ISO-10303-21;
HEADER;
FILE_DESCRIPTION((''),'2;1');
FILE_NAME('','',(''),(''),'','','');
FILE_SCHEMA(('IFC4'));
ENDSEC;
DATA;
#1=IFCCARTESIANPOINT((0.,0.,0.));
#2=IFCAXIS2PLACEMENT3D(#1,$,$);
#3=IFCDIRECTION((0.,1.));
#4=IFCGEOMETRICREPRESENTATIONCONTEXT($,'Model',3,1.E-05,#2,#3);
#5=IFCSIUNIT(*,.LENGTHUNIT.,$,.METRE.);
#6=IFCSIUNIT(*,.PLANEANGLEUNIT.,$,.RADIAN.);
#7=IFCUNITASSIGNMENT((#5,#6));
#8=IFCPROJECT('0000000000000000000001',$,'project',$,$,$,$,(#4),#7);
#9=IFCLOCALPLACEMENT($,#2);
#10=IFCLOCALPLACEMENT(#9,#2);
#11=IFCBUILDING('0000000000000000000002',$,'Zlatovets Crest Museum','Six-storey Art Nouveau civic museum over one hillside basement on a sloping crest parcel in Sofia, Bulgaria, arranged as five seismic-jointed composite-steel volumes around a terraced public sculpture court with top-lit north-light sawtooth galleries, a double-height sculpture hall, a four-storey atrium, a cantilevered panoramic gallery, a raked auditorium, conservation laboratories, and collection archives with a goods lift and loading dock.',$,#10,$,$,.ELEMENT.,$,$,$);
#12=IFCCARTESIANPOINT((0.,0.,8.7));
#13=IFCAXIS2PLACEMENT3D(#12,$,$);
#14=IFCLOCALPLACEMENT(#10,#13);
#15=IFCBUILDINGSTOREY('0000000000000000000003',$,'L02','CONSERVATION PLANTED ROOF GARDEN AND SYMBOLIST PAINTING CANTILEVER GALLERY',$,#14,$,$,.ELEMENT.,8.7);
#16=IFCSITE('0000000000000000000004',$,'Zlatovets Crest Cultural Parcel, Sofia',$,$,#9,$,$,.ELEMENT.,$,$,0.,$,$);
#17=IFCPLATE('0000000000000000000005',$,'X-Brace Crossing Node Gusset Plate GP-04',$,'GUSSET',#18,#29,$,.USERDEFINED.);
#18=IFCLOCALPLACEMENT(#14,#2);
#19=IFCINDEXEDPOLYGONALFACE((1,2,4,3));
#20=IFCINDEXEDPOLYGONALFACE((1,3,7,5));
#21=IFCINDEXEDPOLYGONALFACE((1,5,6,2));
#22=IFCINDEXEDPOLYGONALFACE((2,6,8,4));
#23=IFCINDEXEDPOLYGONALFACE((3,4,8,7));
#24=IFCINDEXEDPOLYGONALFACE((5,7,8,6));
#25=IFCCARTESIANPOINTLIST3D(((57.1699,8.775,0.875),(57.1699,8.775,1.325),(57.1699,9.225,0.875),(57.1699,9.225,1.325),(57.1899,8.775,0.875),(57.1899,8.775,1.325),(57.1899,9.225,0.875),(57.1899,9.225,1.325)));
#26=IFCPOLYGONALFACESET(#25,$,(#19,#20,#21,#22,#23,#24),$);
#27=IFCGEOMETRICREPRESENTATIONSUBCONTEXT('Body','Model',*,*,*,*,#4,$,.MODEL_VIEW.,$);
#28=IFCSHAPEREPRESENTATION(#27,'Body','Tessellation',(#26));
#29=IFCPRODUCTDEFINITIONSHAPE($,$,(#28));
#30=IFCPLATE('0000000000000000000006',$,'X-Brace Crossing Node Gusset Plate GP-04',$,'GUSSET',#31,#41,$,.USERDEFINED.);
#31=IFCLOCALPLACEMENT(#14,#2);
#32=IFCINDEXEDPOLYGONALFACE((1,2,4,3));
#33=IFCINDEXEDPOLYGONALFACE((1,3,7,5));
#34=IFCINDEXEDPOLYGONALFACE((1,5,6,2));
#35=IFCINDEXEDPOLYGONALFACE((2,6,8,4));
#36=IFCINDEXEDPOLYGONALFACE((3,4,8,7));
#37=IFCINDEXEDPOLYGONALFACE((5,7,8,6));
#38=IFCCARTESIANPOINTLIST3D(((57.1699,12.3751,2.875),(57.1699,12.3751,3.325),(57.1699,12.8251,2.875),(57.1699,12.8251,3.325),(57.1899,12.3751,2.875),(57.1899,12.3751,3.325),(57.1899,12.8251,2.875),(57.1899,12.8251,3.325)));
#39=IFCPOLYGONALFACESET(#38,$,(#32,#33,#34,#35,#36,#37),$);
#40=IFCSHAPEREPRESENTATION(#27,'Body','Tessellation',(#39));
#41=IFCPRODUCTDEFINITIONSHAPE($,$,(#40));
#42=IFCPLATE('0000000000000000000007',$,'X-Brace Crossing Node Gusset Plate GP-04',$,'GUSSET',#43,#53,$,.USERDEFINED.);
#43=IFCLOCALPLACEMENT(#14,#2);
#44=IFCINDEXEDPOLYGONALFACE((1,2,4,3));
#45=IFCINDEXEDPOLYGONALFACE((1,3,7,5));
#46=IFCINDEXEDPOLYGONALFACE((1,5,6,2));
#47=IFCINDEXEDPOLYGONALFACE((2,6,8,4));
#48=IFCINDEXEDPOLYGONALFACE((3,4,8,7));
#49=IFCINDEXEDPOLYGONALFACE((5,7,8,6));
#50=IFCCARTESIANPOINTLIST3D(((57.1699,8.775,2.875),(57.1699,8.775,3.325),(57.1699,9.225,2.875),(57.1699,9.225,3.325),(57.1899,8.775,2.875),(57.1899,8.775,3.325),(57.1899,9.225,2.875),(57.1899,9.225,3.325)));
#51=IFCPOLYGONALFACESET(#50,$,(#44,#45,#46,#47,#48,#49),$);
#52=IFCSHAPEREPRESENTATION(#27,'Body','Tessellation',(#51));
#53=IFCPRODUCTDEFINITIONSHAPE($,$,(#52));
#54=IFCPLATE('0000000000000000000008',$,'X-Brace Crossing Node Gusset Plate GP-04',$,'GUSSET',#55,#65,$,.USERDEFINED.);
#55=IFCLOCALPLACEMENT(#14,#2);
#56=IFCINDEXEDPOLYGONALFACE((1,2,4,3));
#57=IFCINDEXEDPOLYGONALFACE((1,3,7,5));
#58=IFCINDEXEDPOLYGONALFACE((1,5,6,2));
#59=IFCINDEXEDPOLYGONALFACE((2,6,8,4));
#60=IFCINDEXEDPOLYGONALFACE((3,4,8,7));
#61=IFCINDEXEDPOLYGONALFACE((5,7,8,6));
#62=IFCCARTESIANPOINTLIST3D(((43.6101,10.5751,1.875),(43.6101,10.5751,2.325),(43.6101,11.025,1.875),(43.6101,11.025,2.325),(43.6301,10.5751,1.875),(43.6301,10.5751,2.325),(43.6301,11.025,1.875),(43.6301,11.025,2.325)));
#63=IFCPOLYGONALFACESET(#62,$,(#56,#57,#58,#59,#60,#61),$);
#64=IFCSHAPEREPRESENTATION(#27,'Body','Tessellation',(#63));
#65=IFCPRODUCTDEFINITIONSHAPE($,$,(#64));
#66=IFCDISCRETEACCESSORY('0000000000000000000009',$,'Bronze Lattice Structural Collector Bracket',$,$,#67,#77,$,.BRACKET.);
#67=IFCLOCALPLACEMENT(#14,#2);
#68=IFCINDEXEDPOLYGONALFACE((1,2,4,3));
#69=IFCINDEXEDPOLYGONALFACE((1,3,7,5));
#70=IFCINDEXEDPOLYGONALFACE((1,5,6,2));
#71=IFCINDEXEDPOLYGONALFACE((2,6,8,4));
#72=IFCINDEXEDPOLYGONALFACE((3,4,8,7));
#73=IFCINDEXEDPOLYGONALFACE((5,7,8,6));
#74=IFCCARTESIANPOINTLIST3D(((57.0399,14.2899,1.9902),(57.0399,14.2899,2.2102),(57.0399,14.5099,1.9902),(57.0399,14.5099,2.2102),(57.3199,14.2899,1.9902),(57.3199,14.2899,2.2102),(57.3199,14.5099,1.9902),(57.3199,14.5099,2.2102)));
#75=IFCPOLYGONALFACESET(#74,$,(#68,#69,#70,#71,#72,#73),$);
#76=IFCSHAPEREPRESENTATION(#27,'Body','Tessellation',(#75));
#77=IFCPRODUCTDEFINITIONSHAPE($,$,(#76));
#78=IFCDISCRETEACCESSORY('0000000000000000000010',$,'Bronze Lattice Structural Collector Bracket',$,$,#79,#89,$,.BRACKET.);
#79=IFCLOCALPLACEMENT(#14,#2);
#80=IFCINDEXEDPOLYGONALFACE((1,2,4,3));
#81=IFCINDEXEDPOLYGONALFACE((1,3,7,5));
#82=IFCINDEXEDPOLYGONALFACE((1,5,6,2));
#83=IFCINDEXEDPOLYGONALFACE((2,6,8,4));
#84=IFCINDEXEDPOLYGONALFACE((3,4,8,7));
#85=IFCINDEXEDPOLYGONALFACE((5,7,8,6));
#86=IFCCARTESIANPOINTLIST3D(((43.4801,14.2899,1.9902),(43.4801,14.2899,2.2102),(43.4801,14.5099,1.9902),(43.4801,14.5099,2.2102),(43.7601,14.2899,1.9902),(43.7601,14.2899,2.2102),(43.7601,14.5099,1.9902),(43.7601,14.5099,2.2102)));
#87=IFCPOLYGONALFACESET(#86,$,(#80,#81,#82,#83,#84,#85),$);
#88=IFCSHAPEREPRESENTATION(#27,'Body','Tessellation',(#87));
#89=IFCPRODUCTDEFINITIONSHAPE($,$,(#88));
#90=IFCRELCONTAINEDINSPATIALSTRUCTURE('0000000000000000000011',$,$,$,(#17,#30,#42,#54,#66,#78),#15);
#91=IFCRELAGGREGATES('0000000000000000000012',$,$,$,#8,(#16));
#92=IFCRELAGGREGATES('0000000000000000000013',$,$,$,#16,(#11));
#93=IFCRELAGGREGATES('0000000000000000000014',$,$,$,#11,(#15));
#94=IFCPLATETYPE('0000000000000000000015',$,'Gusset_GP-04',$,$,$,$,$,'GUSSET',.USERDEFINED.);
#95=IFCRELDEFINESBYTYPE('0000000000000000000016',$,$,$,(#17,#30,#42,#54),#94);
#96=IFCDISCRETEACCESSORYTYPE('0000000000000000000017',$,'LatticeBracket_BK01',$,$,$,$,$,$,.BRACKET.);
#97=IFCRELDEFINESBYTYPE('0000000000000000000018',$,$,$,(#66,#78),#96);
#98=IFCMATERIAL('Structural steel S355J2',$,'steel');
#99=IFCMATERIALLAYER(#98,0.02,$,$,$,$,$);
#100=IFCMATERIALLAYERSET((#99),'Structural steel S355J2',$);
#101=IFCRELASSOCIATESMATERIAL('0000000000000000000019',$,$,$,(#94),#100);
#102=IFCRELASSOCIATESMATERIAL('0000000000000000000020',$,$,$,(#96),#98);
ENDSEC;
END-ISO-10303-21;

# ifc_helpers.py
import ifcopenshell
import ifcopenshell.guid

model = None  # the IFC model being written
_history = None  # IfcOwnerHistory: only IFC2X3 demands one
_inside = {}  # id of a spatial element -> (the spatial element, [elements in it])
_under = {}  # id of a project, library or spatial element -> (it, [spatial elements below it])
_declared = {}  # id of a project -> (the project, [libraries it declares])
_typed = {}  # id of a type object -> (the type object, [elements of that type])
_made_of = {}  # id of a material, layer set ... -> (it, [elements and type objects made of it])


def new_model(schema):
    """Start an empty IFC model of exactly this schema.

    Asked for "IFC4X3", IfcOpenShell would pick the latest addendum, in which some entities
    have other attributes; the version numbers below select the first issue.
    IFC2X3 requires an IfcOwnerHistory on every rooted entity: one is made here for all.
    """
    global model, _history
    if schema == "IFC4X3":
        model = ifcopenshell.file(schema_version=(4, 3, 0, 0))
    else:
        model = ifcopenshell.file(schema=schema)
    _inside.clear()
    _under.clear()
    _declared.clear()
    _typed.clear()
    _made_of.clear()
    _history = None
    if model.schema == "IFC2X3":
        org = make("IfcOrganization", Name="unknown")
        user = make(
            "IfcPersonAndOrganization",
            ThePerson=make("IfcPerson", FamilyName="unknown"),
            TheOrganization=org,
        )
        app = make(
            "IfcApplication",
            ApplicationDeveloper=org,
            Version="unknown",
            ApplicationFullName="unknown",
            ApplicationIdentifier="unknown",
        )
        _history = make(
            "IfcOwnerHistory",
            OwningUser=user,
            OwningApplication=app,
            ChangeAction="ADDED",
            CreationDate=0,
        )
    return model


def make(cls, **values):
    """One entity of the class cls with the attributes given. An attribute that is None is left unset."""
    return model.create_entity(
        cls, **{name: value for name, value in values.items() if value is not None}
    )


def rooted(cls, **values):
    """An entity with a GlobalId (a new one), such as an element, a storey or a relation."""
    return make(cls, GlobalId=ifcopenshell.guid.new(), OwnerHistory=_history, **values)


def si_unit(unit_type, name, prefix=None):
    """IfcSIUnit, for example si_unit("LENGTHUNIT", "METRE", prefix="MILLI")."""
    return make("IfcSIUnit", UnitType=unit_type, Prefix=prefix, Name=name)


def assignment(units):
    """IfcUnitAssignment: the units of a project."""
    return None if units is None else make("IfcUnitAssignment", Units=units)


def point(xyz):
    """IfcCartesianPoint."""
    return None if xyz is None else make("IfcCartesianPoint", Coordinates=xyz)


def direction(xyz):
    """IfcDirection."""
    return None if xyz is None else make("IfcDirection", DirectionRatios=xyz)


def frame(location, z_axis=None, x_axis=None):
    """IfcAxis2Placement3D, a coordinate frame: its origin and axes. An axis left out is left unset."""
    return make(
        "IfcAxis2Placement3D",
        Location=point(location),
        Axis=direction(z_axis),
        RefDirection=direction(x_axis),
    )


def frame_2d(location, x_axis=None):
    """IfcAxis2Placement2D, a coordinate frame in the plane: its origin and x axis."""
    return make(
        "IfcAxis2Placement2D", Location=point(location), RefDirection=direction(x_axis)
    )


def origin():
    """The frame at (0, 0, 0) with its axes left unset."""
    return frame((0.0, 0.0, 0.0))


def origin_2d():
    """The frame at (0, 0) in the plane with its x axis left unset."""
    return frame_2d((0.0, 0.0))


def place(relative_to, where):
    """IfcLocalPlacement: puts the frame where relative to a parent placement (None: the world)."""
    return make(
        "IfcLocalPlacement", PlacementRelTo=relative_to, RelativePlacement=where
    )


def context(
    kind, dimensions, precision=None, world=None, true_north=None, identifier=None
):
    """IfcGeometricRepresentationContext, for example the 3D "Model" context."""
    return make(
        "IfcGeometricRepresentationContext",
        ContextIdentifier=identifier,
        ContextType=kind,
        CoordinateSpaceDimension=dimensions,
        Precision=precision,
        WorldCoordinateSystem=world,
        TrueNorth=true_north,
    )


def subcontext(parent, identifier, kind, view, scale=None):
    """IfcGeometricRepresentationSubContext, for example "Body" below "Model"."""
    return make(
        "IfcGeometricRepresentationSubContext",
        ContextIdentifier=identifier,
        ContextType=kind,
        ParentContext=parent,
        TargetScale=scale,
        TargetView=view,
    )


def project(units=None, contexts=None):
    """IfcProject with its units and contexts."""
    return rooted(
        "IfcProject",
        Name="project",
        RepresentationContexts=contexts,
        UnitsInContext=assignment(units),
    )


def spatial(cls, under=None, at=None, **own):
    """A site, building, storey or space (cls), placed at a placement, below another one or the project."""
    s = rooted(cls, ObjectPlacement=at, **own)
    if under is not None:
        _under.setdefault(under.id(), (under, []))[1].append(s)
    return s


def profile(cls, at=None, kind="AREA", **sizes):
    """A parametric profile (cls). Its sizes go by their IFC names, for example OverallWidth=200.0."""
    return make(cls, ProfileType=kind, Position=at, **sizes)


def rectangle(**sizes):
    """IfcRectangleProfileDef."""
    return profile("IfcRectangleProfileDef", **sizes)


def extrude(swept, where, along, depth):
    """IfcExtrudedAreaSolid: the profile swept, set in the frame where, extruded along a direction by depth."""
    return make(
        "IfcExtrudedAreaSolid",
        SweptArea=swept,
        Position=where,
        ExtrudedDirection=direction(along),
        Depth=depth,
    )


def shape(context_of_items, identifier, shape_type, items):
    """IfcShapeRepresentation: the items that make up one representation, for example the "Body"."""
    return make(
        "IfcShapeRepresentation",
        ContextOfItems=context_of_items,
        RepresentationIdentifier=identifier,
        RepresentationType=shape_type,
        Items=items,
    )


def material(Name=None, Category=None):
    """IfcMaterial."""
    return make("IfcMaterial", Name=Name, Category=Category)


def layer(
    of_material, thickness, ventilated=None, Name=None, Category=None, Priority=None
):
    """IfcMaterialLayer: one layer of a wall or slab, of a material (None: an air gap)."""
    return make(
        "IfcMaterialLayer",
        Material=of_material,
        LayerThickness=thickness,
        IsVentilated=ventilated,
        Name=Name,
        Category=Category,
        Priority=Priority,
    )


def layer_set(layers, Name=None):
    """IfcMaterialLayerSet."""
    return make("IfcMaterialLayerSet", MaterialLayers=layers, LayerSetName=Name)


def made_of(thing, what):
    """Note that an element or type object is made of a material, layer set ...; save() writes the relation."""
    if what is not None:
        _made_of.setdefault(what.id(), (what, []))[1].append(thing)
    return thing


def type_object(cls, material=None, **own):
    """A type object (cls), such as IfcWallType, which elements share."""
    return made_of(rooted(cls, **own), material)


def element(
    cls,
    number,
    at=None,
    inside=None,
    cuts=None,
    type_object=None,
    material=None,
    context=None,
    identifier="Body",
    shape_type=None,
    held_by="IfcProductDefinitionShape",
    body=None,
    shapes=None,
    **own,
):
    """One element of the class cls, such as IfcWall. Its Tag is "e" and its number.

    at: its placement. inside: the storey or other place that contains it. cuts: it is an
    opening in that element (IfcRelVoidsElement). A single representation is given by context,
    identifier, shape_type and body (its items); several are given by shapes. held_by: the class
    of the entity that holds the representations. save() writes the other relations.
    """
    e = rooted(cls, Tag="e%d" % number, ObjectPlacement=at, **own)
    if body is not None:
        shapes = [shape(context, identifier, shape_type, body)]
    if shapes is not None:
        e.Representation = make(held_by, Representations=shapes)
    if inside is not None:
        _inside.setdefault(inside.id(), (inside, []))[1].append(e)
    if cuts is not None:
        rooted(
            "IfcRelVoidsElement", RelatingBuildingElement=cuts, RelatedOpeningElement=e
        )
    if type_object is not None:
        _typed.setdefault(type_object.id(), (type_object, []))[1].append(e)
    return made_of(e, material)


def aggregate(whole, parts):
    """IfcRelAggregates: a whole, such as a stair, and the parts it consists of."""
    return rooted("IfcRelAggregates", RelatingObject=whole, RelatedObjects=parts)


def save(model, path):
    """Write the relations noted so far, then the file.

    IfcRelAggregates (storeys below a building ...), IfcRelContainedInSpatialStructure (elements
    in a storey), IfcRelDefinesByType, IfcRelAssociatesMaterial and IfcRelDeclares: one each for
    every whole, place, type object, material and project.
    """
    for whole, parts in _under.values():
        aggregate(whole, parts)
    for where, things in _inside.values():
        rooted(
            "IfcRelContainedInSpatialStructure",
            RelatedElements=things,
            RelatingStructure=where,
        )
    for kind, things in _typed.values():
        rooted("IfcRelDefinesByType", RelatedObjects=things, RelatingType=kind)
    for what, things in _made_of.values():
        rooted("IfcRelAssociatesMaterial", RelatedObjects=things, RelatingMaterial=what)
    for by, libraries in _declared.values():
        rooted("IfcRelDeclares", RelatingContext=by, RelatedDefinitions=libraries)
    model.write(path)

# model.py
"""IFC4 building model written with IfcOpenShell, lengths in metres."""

from ifc_helpers import new_model, si_unit, direction, frame, origin, origin_2d, place, context, subcontext, project, spatial, rectangle, extrude, material, layer, layer_set, type_object, element, save


model = new_model("IFC4")

# Units and contexts
model_context = context("Model", 3, precision=1e-05, world=origin(), true_north=direction((0.0, 1.0)))
body_context = subcontext(model_context, "Body", "Model", "MODEL_VIEW")
ifc_project = project(units=[si_unit("LENGTHUNIT", "METRE"), si_unit("PLANEANGLEUNIT", "RADIAN")], contexts=[model_context])

# Site, building, storey
site_placement = place(None, origin())
site = spatial("IfcSite", under=ifc_project, at=site_placement, Name="Zlatovets Crest Cultural Parcel, Sofia", CompositionType="ELEMENT", RefElevation=0.0)
building_placement = place(site_placement, origin())
building = spatial("IfcBuilding", under=site, at=building_placement, Name="Zlatovets Crest Museum", Description="Six-storey Art Nouveau civic museum over one hillside basement on a sloping crest parcel in Sofia, Bulgaria, arranged as five seismic-jointed composite-steel volumes around a terraced public sculpture court with top-lit north-light sawtooth galleries, a double-height sculpture hall, a four-storey atrium, a cantilevered panoramic gallery, a raked auditorium, conservation laboratories, and collection archives with a goods lift and loading dock.", CompositionType="ELEMENT")
storey_placement = place(building_placement, frame((0.0, 0.0, 8.7)))
storey = spatial("IfcBuildingStorey", under=building, at=storey_placement, Name="L02", Description="CONSERVATION PLANTED ROOF GARDEN AND SYMBOLIST PAINTING CANTILEVER GALLERY", CompositionType="ELEMENT", Elevation=8.7)

# Plates
ifc_material_1 = material(Name="Structural steel S355J2", Category="steel")
ifc_layer_1 = layer(ifc_material_1, 0.02)
ifc_layer_set_1 = layer_set([ifc_layer_1], Name="Structural steel S355J2")
plate_type_1 = type_object("IfcPlateType", Name="Gusset_GP-04", ElementType="GUSSET", PredefinedType="USERDEFINED", material=ifc_layer_set_1)
for number, where, z_axis, x_axis, name in (
    (1, (57.1799, 9.0, 0.875), (0.0, 0.0, 1.0), (1.0, 0.0, 0.0), "X-Brace Crossing Node Gusset Plate GP-04"),
    (2, (57.1799, 12.6001, 2.875), (0.0, 0.0, 1.0), (1.0, 0.0, 0.0), "X-Brace Crossing Node Gusset Plate GP-04"),
    (3, (57.1799, 9.0, 2.875), (0.0, 0.0, 1.0), (1.0, 0.0, 0.0), "X-Brace Crossing Node Gusset Plate GP-04"),
    (4, (43.6201, 10.8, 1.875), (0.0, 0.0, 1.0), (1.0, 0.0, 0.0), "X-Brace Crossing Node Gusset Plate GP-04"),
):
    element("IfcPlate", number, at=place(storey_placement, frame(where, z_axis=z_axis, x_axis=x_axis)), inside=storey, type_object=plate_type_1, Name=name, ObjectType="GUSSET", PredefinedType="USERDEFINED", context=body_context, shape_type="SweptSolid", body=[
        extrude(rectangle(XDim=0.02, YDim=0.45, at=origin_2d()), origin(), (0.0, 0.0, 1.0), 0.45),
    ])

# Discrete accessories
discrete_accessory_type = type_object("IfcDiscreteAccessoryType", Name="LatticeBracket_BK01", PredefinedType="BRACKET", material=ifc_material_1)
for number, where, z_axis, x_axis, name in (
    (5, (57.1799, 14.3999, 1.9902), (0.0, 0.0, 1.0), (1.0, 0.0, 0.0), "Bronze Lattice Structural Collector Bracket"),
    (6, (43.6201, 14.3999, 1.9902), (0.0, 0.0, 1.0), (1.0, 0.0, 0.0), "Bronze Lattice Structural Collector Bracket"),
):
    element("IfcDiscreteAccessory", number, at=place(storey_placement, frame(where, z_axis=z_axis, x_axis=x_axis)), inside=storey, type_object=discrete_accessory_type, Name=name, PredefinedType="BRACKET", context=body_context, shape_type="SweptSolid", body=[
        extrude(rectangle(XDim=0.28, YDim=0.22, at=origin_2d()), origin(), (0.0, 0.0, 1.0), 0.22),
    ])

save(model, "model.ifc")
